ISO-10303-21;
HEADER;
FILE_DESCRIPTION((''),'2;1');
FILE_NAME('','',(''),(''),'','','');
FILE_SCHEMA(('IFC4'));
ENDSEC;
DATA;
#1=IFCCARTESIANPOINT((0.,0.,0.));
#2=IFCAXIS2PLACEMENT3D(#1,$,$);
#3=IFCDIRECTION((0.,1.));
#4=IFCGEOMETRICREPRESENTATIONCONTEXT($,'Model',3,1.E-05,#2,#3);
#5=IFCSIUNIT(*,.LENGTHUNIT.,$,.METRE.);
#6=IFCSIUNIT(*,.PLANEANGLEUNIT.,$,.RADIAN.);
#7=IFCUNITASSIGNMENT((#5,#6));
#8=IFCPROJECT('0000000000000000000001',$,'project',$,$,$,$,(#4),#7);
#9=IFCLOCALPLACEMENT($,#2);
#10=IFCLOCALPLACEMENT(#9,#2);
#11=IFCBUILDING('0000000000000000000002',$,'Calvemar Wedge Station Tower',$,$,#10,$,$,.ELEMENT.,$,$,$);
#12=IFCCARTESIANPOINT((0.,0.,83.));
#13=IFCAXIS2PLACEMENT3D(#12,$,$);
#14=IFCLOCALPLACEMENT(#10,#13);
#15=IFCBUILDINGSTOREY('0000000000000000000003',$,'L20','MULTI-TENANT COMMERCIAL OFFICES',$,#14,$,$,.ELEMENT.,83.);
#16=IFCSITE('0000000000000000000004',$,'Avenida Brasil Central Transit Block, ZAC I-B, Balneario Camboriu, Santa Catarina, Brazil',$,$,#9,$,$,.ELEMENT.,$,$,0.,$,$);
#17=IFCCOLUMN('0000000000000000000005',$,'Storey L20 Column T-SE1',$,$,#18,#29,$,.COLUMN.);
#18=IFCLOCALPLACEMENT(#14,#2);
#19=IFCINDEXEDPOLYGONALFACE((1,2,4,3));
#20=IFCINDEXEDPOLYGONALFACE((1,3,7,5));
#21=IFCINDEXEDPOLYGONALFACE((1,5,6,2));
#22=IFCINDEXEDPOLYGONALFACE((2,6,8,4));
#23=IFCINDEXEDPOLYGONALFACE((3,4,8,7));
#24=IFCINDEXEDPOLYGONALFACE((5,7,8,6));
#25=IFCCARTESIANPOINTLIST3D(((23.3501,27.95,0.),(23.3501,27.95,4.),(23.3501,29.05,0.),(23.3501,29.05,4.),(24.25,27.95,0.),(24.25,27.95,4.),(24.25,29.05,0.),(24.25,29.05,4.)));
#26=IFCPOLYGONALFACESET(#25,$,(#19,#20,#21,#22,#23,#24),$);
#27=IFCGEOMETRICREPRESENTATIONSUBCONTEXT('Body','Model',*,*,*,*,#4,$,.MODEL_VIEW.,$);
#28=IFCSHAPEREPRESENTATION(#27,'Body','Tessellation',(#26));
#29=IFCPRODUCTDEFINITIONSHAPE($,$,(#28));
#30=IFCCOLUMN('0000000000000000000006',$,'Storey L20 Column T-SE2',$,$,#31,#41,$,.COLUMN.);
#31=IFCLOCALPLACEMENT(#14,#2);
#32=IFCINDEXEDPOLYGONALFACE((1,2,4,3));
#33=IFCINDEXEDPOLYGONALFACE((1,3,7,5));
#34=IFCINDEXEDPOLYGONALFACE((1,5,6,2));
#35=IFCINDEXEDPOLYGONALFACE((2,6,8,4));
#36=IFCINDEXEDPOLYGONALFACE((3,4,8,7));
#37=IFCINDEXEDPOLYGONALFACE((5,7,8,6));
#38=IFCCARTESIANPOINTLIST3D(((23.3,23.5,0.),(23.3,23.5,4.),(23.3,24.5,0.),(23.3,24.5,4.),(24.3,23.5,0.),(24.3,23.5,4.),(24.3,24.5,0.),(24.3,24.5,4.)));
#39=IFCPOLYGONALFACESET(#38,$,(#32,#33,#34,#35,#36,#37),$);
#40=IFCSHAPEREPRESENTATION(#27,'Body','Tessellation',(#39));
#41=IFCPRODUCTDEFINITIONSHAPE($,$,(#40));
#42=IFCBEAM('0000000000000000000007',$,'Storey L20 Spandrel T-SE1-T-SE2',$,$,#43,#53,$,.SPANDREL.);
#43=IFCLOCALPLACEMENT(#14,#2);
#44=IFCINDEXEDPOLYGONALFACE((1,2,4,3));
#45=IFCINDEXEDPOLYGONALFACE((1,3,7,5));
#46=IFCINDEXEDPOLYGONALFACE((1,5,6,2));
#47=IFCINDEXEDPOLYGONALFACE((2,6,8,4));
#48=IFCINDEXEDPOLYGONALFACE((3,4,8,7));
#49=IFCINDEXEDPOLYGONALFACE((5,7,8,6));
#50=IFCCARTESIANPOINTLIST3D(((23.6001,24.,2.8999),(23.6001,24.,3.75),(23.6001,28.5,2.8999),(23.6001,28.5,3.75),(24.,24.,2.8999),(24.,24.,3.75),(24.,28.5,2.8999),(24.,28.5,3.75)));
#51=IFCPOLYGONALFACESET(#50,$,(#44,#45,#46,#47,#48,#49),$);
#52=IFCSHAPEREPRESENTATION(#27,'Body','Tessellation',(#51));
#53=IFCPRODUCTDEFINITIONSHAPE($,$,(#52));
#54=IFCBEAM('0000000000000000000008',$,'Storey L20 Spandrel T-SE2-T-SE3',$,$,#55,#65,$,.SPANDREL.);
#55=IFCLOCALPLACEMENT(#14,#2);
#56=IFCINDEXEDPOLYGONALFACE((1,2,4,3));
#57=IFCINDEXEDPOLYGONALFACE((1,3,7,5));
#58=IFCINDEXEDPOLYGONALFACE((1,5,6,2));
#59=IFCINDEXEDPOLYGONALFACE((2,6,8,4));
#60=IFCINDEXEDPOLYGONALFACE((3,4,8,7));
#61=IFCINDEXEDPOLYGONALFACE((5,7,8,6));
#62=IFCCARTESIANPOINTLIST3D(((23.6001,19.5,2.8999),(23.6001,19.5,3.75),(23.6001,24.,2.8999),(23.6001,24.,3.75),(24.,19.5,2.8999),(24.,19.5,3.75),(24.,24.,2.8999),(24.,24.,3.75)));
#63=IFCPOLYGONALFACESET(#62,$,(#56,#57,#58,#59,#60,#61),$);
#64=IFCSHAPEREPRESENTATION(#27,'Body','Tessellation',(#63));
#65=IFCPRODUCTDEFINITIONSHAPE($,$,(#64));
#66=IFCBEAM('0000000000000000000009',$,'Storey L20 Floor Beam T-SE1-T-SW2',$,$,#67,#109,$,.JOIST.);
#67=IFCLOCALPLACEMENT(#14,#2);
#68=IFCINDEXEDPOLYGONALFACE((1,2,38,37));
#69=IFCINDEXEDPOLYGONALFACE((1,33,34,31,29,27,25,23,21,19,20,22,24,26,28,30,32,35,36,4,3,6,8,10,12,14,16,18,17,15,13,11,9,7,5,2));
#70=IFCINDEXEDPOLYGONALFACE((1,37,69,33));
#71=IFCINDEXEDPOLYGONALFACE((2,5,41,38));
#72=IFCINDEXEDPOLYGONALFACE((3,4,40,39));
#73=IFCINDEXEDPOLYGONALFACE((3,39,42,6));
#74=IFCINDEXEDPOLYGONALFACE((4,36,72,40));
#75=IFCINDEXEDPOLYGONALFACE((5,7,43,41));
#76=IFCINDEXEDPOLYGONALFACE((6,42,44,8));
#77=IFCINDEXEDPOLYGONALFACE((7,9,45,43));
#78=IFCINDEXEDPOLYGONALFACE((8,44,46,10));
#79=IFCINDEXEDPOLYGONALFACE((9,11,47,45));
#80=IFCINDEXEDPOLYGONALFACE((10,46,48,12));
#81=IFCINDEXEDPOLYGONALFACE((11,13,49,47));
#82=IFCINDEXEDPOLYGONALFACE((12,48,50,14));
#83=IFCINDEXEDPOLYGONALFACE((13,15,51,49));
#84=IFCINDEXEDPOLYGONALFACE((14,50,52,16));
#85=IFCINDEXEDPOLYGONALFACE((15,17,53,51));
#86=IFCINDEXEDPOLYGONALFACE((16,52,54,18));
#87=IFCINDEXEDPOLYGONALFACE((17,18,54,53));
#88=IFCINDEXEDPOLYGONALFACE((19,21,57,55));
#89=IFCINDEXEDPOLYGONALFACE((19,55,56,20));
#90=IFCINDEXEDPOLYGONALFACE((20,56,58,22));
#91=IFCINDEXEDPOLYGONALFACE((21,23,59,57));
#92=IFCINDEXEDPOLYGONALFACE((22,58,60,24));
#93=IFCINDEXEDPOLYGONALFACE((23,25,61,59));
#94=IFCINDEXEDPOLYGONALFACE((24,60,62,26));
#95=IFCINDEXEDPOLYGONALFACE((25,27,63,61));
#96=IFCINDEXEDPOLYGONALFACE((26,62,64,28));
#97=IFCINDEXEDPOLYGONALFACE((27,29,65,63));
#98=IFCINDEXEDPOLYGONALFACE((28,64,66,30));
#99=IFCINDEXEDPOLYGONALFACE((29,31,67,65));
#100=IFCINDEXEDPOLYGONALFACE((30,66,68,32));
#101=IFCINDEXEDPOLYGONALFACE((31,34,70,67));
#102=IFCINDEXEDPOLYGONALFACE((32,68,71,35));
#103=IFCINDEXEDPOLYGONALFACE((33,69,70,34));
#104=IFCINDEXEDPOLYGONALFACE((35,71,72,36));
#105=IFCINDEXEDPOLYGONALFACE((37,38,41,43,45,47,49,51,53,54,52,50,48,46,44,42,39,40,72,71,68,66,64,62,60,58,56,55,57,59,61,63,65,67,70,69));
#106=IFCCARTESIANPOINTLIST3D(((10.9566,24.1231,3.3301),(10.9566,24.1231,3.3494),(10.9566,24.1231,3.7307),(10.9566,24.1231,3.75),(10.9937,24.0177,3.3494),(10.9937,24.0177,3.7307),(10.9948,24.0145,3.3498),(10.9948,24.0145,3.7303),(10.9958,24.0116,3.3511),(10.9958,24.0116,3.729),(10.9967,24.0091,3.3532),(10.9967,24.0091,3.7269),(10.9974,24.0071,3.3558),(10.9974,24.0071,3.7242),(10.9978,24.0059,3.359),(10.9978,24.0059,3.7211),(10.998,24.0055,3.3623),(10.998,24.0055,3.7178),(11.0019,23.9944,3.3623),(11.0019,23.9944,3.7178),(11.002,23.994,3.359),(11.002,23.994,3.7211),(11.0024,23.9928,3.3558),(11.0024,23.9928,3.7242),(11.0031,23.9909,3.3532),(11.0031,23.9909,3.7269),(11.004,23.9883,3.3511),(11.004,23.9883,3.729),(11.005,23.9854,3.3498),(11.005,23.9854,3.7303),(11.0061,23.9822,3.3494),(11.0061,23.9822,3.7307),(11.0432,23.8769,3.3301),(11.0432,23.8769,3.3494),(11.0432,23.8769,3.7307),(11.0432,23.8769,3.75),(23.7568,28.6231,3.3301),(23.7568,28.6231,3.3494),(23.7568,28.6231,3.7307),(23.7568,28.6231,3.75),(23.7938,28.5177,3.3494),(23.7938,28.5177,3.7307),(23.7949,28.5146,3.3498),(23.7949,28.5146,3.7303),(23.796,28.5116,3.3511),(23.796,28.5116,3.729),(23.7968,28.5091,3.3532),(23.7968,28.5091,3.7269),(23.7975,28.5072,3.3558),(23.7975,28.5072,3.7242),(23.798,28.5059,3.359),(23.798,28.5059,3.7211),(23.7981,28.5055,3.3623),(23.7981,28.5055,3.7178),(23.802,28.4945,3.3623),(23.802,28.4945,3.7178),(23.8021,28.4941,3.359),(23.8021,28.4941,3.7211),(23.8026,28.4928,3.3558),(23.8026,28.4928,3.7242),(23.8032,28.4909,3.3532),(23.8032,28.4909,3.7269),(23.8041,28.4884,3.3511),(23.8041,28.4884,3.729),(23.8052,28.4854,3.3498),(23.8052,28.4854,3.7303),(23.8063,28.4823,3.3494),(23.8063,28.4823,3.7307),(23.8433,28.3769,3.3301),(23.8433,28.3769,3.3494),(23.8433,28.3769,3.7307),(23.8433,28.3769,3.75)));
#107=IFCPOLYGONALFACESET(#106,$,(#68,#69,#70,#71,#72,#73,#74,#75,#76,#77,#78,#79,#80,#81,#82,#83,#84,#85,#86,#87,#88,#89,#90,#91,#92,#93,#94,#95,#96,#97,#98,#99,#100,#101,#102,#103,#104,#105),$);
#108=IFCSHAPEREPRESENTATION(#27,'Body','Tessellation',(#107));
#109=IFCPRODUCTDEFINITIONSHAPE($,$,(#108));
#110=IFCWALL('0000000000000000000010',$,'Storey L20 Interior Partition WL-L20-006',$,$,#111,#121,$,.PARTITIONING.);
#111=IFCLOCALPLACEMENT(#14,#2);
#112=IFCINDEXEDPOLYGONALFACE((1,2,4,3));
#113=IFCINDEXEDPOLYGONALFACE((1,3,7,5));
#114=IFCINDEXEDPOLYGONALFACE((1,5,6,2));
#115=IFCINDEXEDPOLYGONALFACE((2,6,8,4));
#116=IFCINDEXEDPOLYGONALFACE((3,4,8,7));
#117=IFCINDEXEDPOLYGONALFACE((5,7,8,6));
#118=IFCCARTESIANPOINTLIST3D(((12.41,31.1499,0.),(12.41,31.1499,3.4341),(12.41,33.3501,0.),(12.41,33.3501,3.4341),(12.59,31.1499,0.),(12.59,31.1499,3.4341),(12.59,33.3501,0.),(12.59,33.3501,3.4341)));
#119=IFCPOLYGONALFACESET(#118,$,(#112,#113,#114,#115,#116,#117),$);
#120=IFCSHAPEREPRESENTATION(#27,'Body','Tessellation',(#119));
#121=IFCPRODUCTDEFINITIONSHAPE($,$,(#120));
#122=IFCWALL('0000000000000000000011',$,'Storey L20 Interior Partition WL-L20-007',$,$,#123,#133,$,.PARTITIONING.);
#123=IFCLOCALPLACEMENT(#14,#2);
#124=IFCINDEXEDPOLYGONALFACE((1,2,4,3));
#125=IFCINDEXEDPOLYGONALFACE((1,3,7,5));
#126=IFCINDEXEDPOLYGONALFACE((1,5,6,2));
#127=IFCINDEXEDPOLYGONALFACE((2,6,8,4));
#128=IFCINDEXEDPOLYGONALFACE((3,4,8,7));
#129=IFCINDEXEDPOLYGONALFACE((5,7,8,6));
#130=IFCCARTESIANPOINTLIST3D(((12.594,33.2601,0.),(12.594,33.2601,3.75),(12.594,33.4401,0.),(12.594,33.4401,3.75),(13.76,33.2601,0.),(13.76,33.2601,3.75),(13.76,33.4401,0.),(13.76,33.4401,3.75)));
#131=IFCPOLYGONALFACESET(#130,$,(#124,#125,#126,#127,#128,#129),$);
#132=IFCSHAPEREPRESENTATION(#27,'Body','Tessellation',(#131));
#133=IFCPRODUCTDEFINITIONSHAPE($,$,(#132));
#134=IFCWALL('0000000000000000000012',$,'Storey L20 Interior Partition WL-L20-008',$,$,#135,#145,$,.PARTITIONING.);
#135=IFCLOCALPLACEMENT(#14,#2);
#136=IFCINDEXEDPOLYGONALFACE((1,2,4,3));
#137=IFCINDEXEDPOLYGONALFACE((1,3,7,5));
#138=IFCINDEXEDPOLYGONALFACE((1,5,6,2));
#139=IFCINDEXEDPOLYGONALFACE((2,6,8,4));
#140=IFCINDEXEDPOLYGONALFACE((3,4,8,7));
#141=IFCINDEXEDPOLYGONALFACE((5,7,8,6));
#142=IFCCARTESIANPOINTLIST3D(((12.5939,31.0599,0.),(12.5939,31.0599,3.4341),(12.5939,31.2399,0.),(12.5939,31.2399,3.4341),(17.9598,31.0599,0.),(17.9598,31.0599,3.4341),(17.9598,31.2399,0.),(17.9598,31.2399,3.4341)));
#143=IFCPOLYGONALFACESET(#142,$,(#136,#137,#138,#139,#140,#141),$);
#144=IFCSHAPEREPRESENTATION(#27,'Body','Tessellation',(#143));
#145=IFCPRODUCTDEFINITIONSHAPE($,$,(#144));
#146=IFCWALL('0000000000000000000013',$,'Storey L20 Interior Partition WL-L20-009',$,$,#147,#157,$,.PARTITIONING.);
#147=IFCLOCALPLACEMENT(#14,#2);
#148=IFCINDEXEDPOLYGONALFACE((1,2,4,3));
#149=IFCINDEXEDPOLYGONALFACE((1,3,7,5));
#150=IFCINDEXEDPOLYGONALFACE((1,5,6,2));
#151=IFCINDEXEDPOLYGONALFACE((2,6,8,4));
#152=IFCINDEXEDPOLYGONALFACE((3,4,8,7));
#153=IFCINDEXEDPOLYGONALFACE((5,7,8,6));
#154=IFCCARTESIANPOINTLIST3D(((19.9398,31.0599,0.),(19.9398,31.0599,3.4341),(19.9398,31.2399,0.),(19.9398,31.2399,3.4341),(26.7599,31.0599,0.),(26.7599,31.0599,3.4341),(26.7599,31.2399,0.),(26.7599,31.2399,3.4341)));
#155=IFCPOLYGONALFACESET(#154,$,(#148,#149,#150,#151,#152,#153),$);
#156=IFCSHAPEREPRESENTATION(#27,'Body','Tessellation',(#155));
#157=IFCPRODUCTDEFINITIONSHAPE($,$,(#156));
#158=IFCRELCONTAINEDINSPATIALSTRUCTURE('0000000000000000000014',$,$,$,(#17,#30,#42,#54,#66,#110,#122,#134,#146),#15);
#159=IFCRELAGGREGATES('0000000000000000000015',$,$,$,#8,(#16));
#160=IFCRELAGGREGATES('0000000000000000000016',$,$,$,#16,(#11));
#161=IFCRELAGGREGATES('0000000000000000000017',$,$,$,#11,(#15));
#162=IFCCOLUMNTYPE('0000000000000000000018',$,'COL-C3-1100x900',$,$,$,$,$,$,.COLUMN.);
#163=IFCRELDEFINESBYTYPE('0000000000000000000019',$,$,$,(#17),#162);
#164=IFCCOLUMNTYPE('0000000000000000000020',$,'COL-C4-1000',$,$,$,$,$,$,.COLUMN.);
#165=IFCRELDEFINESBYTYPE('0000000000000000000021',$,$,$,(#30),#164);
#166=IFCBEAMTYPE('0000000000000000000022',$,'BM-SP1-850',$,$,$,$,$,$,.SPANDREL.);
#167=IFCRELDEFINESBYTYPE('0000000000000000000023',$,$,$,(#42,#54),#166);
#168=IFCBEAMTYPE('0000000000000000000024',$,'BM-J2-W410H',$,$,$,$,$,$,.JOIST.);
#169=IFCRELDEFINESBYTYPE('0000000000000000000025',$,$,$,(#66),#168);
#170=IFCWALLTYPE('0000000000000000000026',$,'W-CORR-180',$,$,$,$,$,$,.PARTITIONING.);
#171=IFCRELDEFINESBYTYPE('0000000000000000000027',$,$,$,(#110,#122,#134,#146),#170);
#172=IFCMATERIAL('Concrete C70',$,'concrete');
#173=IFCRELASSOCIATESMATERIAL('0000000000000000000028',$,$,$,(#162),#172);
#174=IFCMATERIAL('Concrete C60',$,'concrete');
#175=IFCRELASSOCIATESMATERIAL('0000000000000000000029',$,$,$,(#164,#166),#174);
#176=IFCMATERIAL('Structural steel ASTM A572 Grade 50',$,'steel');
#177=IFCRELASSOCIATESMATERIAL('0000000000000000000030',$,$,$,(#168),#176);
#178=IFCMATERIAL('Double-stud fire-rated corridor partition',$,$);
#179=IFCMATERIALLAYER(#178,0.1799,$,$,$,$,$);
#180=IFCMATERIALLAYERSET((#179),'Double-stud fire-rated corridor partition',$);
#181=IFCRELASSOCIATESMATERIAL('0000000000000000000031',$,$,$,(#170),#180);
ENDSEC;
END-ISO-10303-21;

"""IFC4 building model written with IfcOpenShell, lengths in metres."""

from ifc_helpers import new_model, si_unit, direction, frame, frame_2d, origin, origin_2d, place, context, subcontext, project, spatial, rectangle, i_section, extrude, source, transform, mapped, material, layer, layer_set, material_profile, profile_set, type_object, element, save


model = new_model("IFC4")

# Units and contexts
model_context = context("Model", 3, precision=1e-05, world=origin(), true_north=direction((0.0, 1.0)))
body_context = subcontext(model_context, "Body", "Model", "MODEL_VIEW")
ifc_project = project(units=[si_unit("LENGTHUNIT", "METRE"), si_unit("PLANEANGLEUNIT", "RADIAN")], contexts=[model_context])

# Site, building, storey
site_placement = place(None, origin())
site = spatial("IfcSite", under=ifc_project, at=site_placement, Name="Avenida Brasil Central Transit Block, ZAC I-B, Balneario Camboriu, Santa Catarina, Brazil", CompositionType="ELEMENT", RefElevation=0.0)
building_placement = place(site_placement, origin())
building = spatial("IfcBuilding", under=site, at=building_placement, Name="Calvemar Wedge Station Tower", CompositionType="ELEMENT")
storey_placement = place(building_placement, frame((0.0, 0.0, 83.0)))
storey = spatial("IfcBuildingStorey", under=building, at=storey_placement, Name="L20", Description="MULTI-TENANT COMMERCIAL OFFICES", CompositionType="ELEMENT", Elevation=83.0)

# Columns
ifc_material_1 = material(Name="Concrete C70", Category="concrete")
ifc_material_profile_1 = material_profile(ifc_material_1, rectangle(XDim=0.8999, YDim=1.1001, at=origin_2d()), Name="RC1100x900")
ifc_profile_set_1 = profile_set([ifc_material_profile_1], Name="Concrete C70")
column_type_1 = type_object("IfcColumnType", Name="COL-C3-1100x900", PredefinedType="COLUMN", material=ifc_profile_set_1)
shared_shape_1 = source(origin(), body_context, "Body", "SweptSolid", [
    extrude(rectangle(XDim=0.8999, YDim=1.1001, at=origin_2d()), origin(), (0.0, 0.0, 1.0), 4.0),
])
column_1_placement = place(storey_placement, frame((23.8, 28.5, 0.0), z_axis=(0.0, 0.0, 1.0), x_axis=(1.0, 0.0, 0.0)))
element("IfcColumn", 1, at=column_1_placement, inside=storey, type_object=column_type_1, Name="Storey L20 Column T-SE1", PredefinedType="COLUMN", context=body_context, shape_type="MappedRepresentation", body=[
    mapped(shared_shape_1, transform((0.0, 0.0, 0.0), scale=1.0)),
])
ifc_material_2 = material(Name="Concrete C60", Category="concrete")
ifc_material_profile_2 = material_profile(ifc_material_2, rectangle(XDim=1.0, YDim=1.0, at=origin_2d()), Name="RC1000x1000")
ifc_profile_set_2 = profile_set([ifc_material_profile_2], Name="Concrete C60")
column_type_2 = type_object("IfcColumnType", Name="COL-C4-1000", PredefinedType="COLUMN", material=ifc_profile_set_2)
shared_shape_2 = source(origin(), body_context, "Body", "SweptSolid", [
    extrude(rectangle(XDim=1.0, YDim=1.0, at=origin_2d()), origin(), (0.0, 0.0, 1.0), 4.0),
])
column_2_placement = place(storey_placement, frame((23.8, 24.0, 0.0), z_axis=(0.0, 0.0, 1.0), x_axis=(1.0, 0.0, 0.0)))
element("IfcColumn", 2, at=column_2_placement, inside=storey, type_object=column_type_2, Name="Storey L20 Column T-SE2", PredefinedType="COLUMN", context=body_context, shape_type="MappedRepresentation", body=[
    mapped(shared_shape_2, transform((0.0, 0.0, 0.0), scale=1.0)),
])

# Beams
ifc_material_profile_3 = material_profile(ifc_material_2, rectangle(XDim=0.3999, YDim=0.8501, at=origin_2d()), Name="RC400x850")
ifc_profile_set_3 = profile_set([ifc_material_profile_3], Name="Concrete C60")
beam_type_1 = type_object("IfcBeamType", Name="BM-SP1-850", PredefinedType="SPANDREL", material=ifc_profile_set_3)
shared_shape_3 = source(origin(), body_context, "Body", "SweptSolid", [
    extrude(rectangle(XDim=0.3999, YDim=0.8501, at=origin_2d()), origin(), (0.0, 0.0, 1.0), 4.5),
])
for number, where, z_axis, x_axis, name in (
    (3, (23.8, 28.5, 3.325), (0.0, -1.0, 0.0), (1.0, 0.0, 0.0), "Storey L20 Spandrel T-SE1-T-SE2"),
    (4, (23.8, 24.0, 3.325), (0.0, -1.0, 0.0), (1.0, 0.0, 0.0), "Storey L20 Spandrel T-SE2-T-SE3"),
):
    element("IfcBeam", number, at=place(storey_placement, frame(where, z_axis=z_axis, x_axis=x_axis)), inside=storey, type_object=beam_type_1, Name=name, PredefinedType="SPANDREL", context=body_context, shape_type="MappedRepresentation", body=[
        mapped(shared_shape_3, transform((0.0, 0.0, 0.0), scale=1.0)),
    ])
ifc_material_3 = material(Name="Structural steel ASTM A572 Grade 50", Category="steel")
ifc_material_profile_4 = material_profile(ifc_material_3, i_section(OverallWidth=0.261, OverallDepth=0.4199, WebThickness=0.0117, FlangeThickness=0.0193, FilletRadius=0.0129, at=origin_2d()), Name="W410x114")
ifc_profile_set_4 = profile_set([ifc_material_profile_4], Name="Structural steel ASTM A572 Grade 50")
beam_type_2 = type_object("IfcBeamType", Name="BM-J2-W410H", PredefinedType="JOIST", material=ifc_profile_set_4)
shared_shape_4 = source(origin(), body_context, "Body", "SweptSolid", [
    extrude(i_section(OverallWidth=0.261, OverallDepth=0.4199, WebThickness=0.0117, FlangeThickness=0.0193, FilletRadius=0.0129, at=origin_2d()), origin(), (0.0, 0.0, 1.0), 13.5681),
])
beam_placement = place(storey_placement, frame((23.8, 28.5, 3.54), z_axis=(-0.943398, -0.331662, 0.0), x_axis=(0.331662, -0.943398, 0.0)))
element("IfcBeam", 5, at=beam_placement, inside=storey, type_object=beam_type_2, Name="Storey L20 Floor Beam T-SE1-T-SW2", PredefinedType="JOIST", context=body_context, shape_type="MappedRepresentation", body=[
    mapped(shared_shape_4, transform((0.0, 0.0, 0.0), scale=1.0)),
])

# Walls
ifc_material_4 = material(Name="Double-stud fire-rated corridor partition")
ifc_layer_1 = layer(ifc_material_4, 0.1799)
ifc_layer_set_1 = layer_set([ifc_layer_1], Name="Double-stud fire-rated corridor partition")
wall_type_1 = type_object("IfcWallType", Name="W-CORR-180", PredefinedType="PARTITIONING", material=ifc_layer_set_1)
wall_1_placement = place(storey_placement, frame((12.5, 31.1499, 0.0), z_axis=(0.0, 0.0, 1.0), x_axis=(0.0, 1.0, 0.0)))
element("IfcWall", 6, at=wall_1_placement, inside=storey, type_object=wall_type_1, Name="Storey L20 Interior Partition WL-L20-006", PredefinedType="PARTITIONING", context=body_context, shape_type="SweptSolid", body=[
    extrude(rectangle(XDim=2.2002, YDim=0.1799, at=frame_2d((1.1001, 0.0))), origin(), (0.0, 0.0, 1.0), 3.4341),
])
wall_2_placement = place(storey_placement, frame((12.594, 33.3501, 0.0), z_axis=(0.0, 0.0, 1.0), x_axis=(1.0, 0.0, 0.0)))
element("IfcWall", 7, at=wall_2_placement, inside=storey, type_object=wall_type_1, Name="Storey L20 Interior Partition WL-L20-007", PredefinedType="PARTITIONING", context=body_context, shape_type="SweptSolid", body=[
    extrude(rectangle(XDim=1.166, YDim=0.1799, at=frame_2d((0.583, 0.0))), origin(), (0.0, 0.0, 1.0), 3.75),
])
wall_3_placement = place(storey_placement, frame((17.96, 31.1499, 0.0), z_axis=(0.0, 0.0, 1.0), x_axis=(-1.0, 0.0, 0.0)))
element("IfcWall", 8, at=wall_3_placement, inside=storey, type_object=wall_type_1, Name="Storey L20 Interior Partition WL-L20-008", PredefinedType="PARTITIONING", context=body_context, shape_type="SweptSolid", body=[
    extrude(rectangle(XDim=5.366, YDim=0.1799, at=frame_2d((2.6831, 0.0))), origin(), (0.0, 0.0, 1.0), 3.4341),
])
wall_4_placement = place(storey_placement, frame((26.76, 31.1499, 0.0), z_axis=(0.0, 0.0, 1.0), x_axis=(-1.0, 0.0, 0.0)))
element("IfcWall", 9, at=wall_4_placement, inside=storey, type_object=wall_type_1, Name="Storey L20 Interior Partition WL-L20-009", PredefinedType="PARTITIONING", context=body_context, shape_type="SweptSolid", body=[
    extrude(rectangle(XDim=6.8201, YDim=0.1799, at=frame_2d((3.4102, 0.0))), origin(), (0.0, 0.0, 1.0), 3.4341),
])

save(model, "model.ifc")
